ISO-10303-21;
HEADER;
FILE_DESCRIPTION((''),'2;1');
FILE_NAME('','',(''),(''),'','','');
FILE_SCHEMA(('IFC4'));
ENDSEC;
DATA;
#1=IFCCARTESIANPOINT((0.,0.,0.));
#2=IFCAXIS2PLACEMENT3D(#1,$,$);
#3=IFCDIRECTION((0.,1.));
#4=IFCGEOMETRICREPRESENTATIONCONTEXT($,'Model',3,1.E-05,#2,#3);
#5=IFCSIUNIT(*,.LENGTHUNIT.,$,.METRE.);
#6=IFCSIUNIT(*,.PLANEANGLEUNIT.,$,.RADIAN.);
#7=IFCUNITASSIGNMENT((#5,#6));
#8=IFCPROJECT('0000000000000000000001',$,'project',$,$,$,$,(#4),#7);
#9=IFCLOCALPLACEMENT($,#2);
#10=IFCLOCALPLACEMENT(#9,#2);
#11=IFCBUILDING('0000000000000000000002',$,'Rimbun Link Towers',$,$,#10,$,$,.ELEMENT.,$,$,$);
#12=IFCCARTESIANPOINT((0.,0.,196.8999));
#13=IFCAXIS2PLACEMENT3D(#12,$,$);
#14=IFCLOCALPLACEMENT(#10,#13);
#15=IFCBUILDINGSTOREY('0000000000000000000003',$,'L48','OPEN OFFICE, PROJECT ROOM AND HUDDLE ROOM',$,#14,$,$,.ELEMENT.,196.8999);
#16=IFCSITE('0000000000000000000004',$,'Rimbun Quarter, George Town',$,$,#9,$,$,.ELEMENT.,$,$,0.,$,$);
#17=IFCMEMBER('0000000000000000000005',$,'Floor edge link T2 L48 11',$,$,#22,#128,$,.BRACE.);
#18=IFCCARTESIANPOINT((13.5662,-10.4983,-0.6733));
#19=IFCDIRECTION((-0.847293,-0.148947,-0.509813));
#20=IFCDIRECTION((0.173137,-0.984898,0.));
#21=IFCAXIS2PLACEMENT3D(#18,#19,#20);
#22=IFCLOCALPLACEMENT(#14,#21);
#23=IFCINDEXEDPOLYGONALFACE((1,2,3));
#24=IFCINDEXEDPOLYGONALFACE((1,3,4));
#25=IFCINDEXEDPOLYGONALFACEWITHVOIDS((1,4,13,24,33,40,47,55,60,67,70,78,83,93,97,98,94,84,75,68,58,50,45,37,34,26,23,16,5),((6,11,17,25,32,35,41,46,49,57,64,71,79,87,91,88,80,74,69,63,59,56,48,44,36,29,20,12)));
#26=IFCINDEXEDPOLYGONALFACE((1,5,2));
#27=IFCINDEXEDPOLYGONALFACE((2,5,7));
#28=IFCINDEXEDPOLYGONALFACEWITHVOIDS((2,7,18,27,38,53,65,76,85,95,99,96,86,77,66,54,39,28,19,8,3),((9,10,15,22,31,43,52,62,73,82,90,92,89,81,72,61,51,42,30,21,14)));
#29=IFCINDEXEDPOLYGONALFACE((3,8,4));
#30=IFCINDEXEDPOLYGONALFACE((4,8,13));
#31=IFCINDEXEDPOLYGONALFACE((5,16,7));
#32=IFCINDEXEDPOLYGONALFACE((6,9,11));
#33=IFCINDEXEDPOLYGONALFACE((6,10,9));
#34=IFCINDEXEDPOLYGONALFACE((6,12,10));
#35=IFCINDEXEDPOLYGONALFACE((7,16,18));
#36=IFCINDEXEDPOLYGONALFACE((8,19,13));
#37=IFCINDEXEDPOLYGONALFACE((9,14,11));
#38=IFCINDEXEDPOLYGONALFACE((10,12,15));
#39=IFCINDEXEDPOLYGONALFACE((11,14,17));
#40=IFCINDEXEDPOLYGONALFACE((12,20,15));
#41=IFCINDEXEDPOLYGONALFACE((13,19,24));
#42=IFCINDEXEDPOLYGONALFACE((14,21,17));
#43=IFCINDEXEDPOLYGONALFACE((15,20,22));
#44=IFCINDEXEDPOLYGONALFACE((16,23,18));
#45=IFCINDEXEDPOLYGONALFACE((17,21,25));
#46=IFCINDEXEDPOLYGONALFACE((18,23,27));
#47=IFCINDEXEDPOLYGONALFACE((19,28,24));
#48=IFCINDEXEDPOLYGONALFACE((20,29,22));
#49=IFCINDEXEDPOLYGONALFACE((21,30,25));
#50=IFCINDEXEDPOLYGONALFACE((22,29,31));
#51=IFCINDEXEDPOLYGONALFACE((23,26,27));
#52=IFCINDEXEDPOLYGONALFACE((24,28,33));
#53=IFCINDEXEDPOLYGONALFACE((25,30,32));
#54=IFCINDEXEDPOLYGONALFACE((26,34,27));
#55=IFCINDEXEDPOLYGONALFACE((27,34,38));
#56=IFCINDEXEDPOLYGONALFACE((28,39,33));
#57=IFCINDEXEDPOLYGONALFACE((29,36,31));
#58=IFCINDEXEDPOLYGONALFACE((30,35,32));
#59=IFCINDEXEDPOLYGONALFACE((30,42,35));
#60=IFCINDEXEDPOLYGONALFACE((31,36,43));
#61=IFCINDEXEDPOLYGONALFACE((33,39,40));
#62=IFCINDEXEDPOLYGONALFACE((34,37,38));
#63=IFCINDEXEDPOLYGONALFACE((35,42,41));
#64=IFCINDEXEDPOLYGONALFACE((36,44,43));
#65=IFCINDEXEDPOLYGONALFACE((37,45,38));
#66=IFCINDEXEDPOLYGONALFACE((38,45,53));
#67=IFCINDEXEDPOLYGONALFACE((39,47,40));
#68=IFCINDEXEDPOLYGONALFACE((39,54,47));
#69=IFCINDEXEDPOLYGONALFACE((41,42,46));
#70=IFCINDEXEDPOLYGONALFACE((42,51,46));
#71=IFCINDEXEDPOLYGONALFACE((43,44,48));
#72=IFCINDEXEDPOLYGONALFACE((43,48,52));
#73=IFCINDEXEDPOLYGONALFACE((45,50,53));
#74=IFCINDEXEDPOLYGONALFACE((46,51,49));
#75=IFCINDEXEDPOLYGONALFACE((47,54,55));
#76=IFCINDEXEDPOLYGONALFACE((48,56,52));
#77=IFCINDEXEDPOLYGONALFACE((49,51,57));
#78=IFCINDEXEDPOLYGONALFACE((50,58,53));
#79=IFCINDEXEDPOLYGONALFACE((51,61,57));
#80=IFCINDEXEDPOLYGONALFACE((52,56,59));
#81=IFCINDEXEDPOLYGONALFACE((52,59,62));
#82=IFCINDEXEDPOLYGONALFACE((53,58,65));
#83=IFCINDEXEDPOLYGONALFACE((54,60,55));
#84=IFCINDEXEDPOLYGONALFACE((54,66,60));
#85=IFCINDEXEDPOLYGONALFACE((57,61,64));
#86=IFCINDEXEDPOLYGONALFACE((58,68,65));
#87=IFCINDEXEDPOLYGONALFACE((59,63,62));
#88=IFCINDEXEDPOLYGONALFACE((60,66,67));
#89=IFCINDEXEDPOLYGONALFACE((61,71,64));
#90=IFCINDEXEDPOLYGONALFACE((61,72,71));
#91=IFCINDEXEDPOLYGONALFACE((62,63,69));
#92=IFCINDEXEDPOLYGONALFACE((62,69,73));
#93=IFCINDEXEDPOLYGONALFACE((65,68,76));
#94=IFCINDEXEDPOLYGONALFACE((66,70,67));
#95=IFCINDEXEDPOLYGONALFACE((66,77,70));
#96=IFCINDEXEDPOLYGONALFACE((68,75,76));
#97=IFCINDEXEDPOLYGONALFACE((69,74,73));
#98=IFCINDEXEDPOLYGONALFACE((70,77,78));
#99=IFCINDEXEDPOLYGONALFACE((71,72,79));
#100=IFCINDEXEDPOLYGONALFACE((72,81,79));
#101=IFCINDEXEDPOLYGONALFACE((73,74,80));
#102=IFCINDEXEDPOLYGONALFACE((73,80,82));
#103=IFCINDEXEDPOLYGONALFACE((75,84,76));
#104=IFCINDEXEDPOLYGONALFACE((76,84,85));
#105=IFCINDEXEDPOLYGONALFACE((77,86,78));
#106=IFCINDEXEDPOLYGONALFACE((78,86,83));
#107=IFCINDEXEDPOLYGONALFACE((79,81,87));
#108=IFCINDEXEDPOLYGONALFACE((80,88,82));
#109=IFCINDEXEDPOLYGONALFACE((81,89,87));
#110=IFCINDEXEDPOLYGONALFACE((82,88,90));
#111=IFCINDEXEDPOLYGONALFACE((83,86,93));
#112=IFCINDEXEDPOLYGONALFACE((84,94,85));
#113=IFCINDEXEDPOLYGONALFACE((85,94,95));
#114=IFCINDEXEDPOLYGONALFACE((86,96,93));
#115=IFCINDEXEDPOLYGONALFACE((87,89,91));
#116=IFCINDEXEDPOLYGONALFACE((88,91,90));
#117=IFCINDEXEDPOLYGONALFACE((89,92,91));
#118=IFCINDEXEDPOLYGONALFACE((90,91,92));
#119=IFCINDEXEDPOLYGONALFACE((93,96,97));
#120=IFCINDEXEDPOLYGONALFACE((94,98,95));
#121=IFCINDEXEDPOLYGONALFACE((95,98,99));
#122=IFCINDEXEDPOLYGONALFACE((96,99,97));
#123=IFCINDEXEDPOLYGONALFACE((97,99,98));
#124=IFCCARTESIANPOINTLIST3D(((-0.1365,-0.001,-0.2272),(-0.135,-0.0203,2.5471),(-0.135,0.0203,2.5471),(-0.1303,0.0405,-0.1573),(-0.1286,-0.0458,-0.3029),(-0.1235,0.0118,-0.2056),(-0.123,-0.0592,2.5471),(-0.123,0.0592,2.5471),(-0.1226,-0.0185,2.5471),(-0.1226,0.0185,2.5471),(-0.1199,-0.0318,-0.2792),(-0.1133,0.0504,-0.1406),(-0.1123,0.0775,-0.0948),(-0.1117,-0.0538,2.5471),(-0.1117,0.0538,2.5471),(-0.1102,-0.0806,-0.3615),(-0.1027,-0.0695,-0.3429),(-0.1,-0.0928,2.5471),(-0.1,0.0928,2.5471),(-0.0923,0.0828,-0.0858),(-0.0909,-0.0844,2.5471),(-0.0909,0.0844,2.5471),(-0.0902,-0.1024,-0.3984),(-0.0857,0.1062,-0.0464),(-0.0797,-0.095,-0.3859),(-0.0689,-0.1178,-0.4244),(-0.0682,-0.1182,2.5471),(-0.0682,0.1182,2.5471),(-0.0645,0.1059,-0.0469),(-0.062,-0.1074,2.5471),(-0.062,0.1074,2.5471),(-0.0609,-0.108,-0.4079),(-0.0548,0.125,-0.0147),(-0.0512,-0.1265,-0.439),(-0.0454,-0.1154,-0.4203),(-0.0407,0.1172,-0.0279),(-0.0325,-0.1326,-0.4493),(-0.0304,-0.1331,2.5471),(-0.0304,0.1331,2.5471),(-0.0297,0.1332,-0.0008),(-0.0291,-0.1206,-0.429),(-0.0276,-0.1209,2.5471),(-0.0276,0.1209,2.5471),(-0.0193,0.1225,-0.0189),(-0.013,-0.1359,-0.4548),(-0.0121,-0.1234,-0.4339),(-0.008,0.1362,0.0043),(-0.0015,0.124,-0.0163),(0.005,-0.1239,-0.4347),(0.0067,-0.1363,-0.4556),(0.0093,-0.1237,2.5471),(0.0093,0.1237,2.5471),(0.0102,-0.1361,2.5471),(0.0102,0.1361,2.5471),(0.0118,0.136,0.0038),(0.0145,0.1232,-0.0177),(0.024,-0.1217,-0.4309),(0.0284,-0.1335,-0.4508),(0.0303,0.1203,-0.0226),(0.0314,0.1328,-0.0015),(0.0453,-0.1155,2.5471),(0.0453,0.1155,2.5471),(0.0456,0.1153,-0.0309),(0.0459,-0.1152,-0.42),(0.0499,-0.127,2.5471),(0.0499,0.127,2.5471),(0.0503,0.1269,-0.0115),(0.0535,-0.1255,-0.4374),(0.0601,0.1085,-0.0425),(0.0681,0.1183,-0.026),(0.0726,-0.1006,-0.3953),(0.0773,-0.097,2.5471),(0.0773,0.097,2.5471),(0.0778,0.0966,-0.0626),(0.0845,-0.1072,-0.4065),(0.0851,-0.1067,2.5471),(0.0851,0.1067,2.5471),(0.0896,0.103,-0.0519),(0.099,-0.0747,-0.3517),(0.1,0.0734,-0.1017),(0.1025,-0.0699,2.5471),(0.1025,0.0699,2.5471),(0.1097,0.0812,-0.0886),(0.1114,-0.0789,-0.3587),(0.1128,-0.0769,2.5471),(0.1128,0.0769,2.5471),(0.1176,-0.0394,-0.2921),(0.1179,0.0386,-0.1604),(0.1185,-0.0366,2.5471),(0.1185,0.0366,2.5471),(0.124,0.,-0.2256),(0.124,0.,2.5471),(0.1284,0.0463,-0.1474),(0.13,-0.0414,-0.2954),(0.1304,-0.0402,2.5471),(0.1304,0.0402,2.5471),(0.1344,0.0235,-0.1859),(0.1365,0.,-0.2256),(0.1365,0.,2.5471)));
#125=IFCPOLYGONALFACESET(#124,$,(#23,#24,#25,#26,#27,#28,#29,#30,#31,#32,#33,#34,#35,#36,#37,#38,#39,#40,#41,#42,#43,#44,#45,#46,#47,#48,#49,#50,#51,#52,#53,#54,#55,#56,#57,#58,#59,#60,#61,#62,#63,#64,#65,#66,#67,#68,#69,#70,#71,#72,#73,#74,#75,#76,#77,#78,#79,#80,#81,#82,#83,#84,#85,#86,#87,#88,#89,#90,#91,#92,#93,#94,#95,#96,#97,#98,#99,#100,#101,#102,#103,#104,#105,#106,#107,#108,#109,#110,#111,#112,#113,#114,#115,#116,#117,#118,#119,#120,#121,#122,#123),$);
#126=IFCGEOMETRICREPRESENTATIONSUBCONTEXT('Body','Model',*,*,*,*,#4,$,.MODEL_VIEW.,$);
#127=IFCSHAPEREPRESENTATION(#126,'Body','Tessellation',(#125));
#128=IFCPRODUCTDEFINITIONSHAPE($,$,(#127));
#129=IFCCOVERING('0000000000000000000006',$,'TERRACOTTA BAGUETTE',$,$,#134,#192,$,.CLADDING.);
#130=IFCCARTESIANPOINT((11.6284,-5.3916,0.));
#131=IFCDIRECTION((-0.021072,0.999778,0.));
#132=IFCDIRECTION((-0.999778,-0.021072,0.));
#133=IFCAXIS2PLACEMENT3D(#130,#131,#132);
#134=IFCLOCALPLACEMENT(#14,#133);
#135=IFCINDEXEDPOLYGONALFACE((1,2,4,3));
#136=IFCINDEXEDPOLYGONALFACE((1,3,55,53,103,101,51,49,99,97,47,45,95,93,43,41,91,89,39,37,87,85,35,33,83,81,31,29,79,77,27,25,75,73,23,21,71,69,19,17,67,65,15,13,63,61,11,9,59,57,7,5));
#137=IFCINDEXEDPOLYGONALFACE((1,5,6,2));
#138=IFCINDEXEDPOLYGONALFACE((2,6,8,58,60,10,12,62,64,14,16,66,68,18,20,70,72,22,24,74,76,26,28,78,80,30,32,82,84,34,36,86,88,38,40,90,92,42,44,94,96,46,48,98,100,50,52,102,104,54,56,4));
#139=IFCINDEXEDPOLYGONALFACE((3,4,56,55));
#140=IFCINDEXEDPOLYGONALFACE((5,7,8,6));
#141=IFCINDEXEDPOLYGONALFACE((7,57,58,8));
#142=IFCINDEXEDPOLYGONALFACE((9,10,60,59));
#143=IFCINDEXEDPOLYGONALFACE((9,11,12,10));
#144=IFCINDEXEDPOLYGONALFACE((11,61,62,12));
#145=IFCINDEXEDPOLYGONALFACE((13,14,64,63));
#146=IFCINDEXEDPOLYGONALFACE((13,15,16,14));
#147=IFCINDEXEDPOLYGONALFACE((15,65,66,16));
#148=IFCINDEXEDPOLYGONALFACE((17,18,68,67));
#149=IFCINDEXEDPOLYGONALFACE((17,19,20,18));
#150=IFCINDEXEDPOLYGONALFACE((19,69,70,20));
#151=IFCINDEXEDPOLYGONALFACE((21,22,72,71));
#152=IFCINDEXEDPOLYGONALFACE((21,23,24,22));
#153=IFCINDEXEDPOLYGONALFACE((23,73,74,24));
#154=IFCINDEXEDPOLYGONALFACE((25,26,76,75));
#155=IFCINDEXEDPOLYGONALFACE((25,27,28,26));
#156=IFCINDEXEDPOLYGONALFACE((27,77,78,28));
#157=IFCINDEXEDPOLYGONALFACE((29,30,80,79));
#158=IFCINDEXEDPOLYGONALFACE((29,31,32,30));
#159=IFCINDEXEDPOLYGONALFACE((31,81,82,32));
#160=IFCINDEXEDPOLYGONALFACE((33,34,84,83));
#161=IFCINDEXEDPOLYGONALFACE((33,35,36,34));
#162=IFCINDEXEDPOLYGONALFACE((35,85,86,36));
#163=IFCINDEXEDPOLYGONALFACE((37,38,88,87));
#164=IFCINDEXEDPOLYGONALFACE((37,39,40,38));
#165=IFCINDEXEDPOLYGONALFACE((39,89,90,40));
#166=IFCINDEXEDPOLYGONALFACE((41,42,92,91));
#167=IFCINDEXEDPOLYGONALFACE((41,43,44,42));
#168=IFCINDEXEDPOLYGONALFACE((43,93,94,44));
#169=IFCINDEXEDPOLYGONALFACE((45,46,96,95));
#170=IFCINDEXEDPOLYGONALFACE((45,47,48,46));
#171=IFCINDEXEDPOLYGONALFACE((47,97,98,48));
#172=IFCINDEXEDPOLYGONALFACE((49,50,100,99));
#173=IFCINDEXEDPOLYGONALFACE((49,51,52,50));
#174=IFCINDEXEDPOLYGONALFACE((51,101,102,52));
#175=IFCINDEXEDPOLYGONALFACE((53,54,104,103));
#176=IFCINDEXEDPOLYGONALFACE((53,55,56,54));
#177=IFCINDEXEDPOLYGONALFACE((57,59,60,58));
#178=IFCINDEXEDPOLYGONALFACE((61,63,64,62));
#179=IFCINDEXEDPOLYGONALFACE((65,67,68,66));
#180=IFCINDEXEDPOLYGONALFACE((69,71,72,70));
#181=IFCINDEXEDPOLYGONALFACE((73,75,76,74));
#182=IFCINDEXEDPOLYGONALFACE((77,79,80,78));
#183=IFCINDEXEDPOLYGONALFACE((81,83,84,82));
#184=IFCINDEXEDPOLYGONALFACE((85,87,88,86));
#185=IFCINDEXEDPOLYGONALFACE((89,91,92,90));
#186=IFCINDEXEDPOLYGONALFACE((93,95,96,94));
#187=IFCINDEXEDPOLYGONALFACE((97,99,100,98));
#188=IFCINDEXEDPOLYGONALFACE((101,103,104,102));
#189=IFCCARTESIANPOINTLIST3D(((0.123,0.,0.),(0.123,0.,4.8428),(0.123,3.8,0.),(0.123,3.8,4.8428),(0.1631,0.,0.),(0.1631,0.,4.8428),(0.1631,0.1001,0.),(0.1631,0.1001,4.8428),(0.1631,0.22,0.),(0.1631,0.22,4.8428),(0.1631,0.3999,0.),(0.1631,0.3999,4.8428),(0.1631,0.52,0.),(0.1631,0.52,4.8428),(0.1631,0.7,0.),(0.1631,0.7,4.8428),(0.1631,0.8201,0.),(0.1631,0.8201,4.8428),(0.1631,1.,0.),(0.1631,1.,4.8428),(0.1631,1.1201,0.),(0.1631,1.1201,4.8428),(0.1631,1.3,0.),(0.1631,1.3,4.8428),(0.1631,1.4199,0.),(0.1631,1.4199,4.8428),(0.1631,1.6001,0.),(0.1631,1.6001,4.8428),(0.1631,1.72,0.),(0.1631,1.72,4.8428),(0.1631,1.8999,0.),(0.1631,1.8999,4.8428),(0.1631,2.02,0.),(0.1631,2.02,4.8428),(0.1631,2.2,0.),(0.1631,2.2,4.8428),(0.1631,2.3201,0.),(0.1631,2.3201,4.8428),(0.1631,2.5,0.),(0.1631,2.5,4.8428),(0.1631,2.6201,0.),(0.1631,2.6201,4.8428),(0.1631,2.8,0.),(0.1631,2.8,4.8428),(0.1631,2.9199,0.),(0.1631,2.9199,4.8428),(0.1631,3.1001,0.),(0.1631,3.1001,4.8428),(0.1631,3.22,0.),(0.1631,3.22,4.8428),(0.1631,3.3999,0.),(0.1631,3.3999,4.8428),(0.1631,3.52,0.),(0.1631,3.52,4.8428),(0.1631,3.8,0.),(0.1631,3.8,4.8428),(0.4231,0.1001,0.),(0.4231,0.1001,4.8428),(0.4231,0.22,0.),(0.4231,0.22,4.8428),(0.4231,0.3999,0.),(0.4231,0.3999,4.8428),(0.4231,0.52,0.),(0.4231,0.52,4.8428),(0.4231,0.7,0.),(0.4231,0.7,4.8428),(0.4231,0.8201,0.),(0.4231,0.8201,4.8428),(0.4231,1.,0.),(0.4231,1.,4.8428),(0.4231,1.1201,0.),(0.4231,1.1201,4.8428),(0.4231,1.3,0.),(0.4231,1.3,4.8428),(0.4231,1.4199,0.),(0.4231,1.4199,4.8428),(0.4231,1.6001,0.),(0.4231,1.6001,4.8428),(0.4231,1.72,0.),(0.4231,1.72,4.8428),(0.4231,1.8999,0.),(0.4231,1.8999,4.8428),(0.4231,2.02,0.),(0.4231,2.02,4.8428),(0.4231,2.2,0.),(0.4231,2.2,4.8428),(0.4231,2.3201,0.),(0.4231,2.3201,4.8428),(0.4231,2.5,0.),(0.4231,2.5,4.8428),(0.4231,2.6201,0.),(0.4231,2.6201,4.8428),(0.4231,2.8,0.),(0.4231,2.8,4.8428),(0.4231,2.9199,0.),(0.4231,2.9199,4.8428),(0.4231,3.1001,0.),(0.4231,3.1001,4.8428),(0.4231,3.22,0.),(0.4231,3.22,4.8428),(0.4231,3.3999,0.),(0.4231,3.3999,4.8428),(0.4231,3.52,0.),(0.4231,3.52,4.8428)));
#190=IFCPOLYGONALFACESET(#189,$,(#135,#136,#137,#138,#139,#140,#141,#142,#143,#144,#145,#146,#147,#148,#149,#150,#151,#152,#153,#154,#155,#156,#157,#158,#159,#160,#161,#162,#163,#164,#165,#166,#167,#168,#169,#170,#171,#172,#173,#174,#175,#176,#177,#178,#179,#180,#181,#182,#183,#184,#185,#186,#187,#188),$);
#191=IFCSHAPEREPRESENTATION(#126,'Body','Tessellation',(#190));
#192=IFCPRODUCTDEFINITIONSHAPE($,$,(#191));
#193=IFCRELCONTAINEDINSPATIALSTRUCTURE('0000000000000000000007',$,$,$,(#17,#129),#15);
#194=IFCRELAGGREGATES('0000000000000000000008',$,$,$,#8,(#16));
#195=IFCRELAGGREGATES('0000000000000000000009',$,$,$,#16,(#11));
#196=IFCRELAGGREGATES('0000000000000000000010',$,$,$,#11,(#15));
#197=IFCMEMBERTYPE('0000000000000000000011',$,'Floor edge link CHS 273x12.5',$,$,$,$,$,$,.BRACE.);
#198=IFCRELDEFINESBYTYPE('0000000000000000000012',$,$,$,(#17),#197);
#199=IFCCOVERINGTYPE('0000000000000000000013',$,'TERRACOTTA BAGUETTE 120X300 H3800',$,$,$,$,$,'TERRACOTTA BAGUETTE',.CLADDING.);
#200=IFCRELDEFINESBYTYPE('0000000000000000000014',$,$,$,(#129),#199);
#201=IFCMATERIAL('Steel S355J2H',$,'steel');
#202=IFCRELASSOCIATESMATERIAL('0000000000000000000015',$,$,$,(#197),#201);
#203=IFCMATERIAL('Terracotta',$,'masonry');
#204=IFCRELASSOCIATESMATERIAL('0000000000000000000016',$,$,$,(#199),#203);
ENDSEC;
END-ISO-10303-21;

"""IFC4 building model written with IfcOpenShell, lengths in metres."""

from ifc_helpers import new_model, si_unit, direction, frame, origin, origin_2d, place, context, subcontext, project, spatial, polyline, hollow_circle, outline, extrude, clip, halfspace, material, material_profile, profile_set, type_object, element, save


model = new_model("IFC4")

# Units and contexts
model_context = context("Model", 3, precision=1e-05, world=origin(), true_north=direction((0.0, 1.0)))
body_context = subcontext(model_context, "Body", "Model", "MODEL_VIEW")
ifc_project = project(units=[si_unit("LENGTHUNIT", "METRE"), si_unit("PLANEANGLEUNIT", "RADIAN")], contexts=[model_context])

# Site, building, storey
site_placement = place(None, origin())
site = spatial("IfcSite", under=ifc_project, at=site_placement, Name="Rimbun Quarter, George Town", CompositionType="ELEMENT", RefElevation=0.0)
building_placement = place(site_placement, origin())
building = spatial("IfcBuilding", under=site, at=building_placement, Name="Rimbun Link Towers", CompositionType="ELEMENT")
storey_placement = place(building_placement, frame((0.0, 0.0, 196.8999)))
storey = spatial("IfcBuildingStorey", under=building, at=storey_placement, Name="L48", Description="OPEN OFFICE, PROJECT ROOM AND HUDDLE ROOM", CompositionType="ELEMENT", Elevation=196.8999)

# Member
ifc_material_1 = material(Name="Steel S355J2H", Category="steel")
ifc_material_profile_1 = material_profile(ifc_material_1, hollow_circle(Radius=0.1365, WallThickness=0.0125, at=origin_2d()), Name="CHS 273x12.5")
ifc_profile_set_1 = profile_set([ifc_material_profile_1], Name="Steel S355J2H")
member_type_1 = type_object("IfcMemberType", Name="Floor edge link CHS 273x12.5", PredefinedType="BRACE", material=ifc_profile_set_1)
member_1_placement = place(storey_placement, frame((13.5662, -10.4983, -0.6733), z_axis=(-0.847293, -0.148947, -0.509813), x_axis=(0.173137, -0.984898, 0.0)))
element("IfcMember", 1, at=member_1_placement, inside=storey, type_object=member_type_1, Name="Floor edge link T2 L48 11", PredefinedType="BRACE", context=body_context, shape_type="Clipping", body=[
    clip(extrude(hollow_circle(Radius=0.1365, WallThickness=0.0125, at=origin_2d()), frame((0.0, 0.0, -0.4802)), (0.0, 0.0, 1.0), 3.0273), halfspace(frame((0.0, 0.0, -0.2256), z_axis=(0.0, 0.860285, -0.509813)), False)),
])

# Covering
ifc_material_2 = material(Name="Terracotta", Category="masonry")
ifc_material_profile_2 = material_profile(ifc_material_2, outline(polyline([(0.123, 0.0), (0.1631, 0.0), (0.1631, 0.1001), (0.4231, 0.1001), (0.4231, 0.22), (0.1631, 0.22), (0.1631, 0.3999), (0.4231, 0.3999), (0.4231, 0.52), (0.1631, 0.52), (0.1631, 0.7), (0.4231, 0.7), (0.4231, 0.8201), (0.1631, 0.8201), (0.1631, 1.0), (0.4231, 1.0), (0.4231, 1.1201), (0.1631, 1.1201), (0.1631, 1.3), (0.4231, 1.3), (0.4231, 1.4199), (0.1631, 1.4199), (0.1631, 1.6001), (0.4231, 1.6001), (0.4231, 1.72), (0.1631, 1.72), (0.1631, 1.8999), (0.4231, 1.8999), (0.4231, 2.02), (0.1631, 2.02), (0.1631, 2.2), (0.4231, 2.2), (0.4231, 2.3201), (0.1631, 2.3201), (0.1631, 2.5), (0.4231, 2.5), (0.4231, 2.6201), (0.1631, 2.6201), (0.1631, 2.8), (0.4231, 2.8), (0.4231, 2.9199), (0.1631, 2.9199), (0.1631, 3.1001), (0.4231, 3.1001), (0.4231, 3.22), (0.1631, 3.22), (0.1631, 3.3999), (0.4231, 3.3999), (0.4231, 3.52), (0.1631, 3.52), (0.1631, 3.8), (0.123, 3.8), (0.123, 0.0)])), Name="BAGUETTE 120X300")
ifc_profile_set_2 = profile_set([ifc_material_profile_2], Name="Terracotta")
covering_type_1 = type_object("IfcCoveringType", Name="TERRACOTTA BAGUETTE 120X300 H3800", ElementType="TERRACOTTA BAGUETTE", PredefinedType="CLADDING", material=ifc_profile_set_2)
covering_1_placement = place(storey_placement, frame((11.6284, -5.3916, 0.0), z_axis=(-0.021072, 0.999778, 0.0), x_axis=(-0.999778, -0.021072, 0.0)))
element("IfcCovering", 2, at=covering_1_placement, inside=storey, type_object=covering_type_1, Name="TERRACOTTA BAGUETTE", PredefinedType="CLADDING", context=body_context, shape_type="SweptSolid", body=[
    extrude(outline(polyline([(0.123, 0.0), (0.1631, 0.0), (0.1631, 0.1001), (0.4231, 0.1001), (0.4231, 0.22), (0.1631, 0.22), (0.1631, 0.3999), (0.4231, 0.3999), (0.4231, 0.52), (0.1631, 0.52), (0.1631, 0.7), (0.4231, 0.7), (0.4231, 0.8201), (0.1631, 0.8201), (0.1631, 1.0), (0.4231, 1.0), (0.4231, 1.1201), (0.1631, 1.1201), (0.1631, 1.3), (0.4231, 1.3), (0.4231, 1.4199), (0.1631, 1.4199), (0.1631, 1.6001), (0.4231, 1.6001), (0.4231, 1.72), (0.1631, 1.72), (0.1631, 1.8999), (0.4231, 1.8999), (0.4231, 2.02), (0.1631, 2.02), (0.1631, 2.2), (0.4231, 2.2), (0.4231, 2.3201), (0.1631, 2.3201), (0.1631, 2.5), (0.4231, 2.5), (0.4231, 2.6201), (0.1631, 2.6201), (0.1631, 2.8), (0.4231, 2.8), (0.4231, 2.9199), (0.1631, 2.9199), (0.1631, 3.1001), (0.4231, 3.1001), (0.4231, 3.22), (0.1631, 3.22), (0.1631, 3.3999), (0.4231, 3.3999), (0.4231, 3.52), (0.1631, 3.52), (0.1631, 3.8), (0.123, 3.8), (0.123, 0.0)])), origin(), (0.0, 0.0, 1.0), 4.8428),
])

save(model, "model.ifc")
